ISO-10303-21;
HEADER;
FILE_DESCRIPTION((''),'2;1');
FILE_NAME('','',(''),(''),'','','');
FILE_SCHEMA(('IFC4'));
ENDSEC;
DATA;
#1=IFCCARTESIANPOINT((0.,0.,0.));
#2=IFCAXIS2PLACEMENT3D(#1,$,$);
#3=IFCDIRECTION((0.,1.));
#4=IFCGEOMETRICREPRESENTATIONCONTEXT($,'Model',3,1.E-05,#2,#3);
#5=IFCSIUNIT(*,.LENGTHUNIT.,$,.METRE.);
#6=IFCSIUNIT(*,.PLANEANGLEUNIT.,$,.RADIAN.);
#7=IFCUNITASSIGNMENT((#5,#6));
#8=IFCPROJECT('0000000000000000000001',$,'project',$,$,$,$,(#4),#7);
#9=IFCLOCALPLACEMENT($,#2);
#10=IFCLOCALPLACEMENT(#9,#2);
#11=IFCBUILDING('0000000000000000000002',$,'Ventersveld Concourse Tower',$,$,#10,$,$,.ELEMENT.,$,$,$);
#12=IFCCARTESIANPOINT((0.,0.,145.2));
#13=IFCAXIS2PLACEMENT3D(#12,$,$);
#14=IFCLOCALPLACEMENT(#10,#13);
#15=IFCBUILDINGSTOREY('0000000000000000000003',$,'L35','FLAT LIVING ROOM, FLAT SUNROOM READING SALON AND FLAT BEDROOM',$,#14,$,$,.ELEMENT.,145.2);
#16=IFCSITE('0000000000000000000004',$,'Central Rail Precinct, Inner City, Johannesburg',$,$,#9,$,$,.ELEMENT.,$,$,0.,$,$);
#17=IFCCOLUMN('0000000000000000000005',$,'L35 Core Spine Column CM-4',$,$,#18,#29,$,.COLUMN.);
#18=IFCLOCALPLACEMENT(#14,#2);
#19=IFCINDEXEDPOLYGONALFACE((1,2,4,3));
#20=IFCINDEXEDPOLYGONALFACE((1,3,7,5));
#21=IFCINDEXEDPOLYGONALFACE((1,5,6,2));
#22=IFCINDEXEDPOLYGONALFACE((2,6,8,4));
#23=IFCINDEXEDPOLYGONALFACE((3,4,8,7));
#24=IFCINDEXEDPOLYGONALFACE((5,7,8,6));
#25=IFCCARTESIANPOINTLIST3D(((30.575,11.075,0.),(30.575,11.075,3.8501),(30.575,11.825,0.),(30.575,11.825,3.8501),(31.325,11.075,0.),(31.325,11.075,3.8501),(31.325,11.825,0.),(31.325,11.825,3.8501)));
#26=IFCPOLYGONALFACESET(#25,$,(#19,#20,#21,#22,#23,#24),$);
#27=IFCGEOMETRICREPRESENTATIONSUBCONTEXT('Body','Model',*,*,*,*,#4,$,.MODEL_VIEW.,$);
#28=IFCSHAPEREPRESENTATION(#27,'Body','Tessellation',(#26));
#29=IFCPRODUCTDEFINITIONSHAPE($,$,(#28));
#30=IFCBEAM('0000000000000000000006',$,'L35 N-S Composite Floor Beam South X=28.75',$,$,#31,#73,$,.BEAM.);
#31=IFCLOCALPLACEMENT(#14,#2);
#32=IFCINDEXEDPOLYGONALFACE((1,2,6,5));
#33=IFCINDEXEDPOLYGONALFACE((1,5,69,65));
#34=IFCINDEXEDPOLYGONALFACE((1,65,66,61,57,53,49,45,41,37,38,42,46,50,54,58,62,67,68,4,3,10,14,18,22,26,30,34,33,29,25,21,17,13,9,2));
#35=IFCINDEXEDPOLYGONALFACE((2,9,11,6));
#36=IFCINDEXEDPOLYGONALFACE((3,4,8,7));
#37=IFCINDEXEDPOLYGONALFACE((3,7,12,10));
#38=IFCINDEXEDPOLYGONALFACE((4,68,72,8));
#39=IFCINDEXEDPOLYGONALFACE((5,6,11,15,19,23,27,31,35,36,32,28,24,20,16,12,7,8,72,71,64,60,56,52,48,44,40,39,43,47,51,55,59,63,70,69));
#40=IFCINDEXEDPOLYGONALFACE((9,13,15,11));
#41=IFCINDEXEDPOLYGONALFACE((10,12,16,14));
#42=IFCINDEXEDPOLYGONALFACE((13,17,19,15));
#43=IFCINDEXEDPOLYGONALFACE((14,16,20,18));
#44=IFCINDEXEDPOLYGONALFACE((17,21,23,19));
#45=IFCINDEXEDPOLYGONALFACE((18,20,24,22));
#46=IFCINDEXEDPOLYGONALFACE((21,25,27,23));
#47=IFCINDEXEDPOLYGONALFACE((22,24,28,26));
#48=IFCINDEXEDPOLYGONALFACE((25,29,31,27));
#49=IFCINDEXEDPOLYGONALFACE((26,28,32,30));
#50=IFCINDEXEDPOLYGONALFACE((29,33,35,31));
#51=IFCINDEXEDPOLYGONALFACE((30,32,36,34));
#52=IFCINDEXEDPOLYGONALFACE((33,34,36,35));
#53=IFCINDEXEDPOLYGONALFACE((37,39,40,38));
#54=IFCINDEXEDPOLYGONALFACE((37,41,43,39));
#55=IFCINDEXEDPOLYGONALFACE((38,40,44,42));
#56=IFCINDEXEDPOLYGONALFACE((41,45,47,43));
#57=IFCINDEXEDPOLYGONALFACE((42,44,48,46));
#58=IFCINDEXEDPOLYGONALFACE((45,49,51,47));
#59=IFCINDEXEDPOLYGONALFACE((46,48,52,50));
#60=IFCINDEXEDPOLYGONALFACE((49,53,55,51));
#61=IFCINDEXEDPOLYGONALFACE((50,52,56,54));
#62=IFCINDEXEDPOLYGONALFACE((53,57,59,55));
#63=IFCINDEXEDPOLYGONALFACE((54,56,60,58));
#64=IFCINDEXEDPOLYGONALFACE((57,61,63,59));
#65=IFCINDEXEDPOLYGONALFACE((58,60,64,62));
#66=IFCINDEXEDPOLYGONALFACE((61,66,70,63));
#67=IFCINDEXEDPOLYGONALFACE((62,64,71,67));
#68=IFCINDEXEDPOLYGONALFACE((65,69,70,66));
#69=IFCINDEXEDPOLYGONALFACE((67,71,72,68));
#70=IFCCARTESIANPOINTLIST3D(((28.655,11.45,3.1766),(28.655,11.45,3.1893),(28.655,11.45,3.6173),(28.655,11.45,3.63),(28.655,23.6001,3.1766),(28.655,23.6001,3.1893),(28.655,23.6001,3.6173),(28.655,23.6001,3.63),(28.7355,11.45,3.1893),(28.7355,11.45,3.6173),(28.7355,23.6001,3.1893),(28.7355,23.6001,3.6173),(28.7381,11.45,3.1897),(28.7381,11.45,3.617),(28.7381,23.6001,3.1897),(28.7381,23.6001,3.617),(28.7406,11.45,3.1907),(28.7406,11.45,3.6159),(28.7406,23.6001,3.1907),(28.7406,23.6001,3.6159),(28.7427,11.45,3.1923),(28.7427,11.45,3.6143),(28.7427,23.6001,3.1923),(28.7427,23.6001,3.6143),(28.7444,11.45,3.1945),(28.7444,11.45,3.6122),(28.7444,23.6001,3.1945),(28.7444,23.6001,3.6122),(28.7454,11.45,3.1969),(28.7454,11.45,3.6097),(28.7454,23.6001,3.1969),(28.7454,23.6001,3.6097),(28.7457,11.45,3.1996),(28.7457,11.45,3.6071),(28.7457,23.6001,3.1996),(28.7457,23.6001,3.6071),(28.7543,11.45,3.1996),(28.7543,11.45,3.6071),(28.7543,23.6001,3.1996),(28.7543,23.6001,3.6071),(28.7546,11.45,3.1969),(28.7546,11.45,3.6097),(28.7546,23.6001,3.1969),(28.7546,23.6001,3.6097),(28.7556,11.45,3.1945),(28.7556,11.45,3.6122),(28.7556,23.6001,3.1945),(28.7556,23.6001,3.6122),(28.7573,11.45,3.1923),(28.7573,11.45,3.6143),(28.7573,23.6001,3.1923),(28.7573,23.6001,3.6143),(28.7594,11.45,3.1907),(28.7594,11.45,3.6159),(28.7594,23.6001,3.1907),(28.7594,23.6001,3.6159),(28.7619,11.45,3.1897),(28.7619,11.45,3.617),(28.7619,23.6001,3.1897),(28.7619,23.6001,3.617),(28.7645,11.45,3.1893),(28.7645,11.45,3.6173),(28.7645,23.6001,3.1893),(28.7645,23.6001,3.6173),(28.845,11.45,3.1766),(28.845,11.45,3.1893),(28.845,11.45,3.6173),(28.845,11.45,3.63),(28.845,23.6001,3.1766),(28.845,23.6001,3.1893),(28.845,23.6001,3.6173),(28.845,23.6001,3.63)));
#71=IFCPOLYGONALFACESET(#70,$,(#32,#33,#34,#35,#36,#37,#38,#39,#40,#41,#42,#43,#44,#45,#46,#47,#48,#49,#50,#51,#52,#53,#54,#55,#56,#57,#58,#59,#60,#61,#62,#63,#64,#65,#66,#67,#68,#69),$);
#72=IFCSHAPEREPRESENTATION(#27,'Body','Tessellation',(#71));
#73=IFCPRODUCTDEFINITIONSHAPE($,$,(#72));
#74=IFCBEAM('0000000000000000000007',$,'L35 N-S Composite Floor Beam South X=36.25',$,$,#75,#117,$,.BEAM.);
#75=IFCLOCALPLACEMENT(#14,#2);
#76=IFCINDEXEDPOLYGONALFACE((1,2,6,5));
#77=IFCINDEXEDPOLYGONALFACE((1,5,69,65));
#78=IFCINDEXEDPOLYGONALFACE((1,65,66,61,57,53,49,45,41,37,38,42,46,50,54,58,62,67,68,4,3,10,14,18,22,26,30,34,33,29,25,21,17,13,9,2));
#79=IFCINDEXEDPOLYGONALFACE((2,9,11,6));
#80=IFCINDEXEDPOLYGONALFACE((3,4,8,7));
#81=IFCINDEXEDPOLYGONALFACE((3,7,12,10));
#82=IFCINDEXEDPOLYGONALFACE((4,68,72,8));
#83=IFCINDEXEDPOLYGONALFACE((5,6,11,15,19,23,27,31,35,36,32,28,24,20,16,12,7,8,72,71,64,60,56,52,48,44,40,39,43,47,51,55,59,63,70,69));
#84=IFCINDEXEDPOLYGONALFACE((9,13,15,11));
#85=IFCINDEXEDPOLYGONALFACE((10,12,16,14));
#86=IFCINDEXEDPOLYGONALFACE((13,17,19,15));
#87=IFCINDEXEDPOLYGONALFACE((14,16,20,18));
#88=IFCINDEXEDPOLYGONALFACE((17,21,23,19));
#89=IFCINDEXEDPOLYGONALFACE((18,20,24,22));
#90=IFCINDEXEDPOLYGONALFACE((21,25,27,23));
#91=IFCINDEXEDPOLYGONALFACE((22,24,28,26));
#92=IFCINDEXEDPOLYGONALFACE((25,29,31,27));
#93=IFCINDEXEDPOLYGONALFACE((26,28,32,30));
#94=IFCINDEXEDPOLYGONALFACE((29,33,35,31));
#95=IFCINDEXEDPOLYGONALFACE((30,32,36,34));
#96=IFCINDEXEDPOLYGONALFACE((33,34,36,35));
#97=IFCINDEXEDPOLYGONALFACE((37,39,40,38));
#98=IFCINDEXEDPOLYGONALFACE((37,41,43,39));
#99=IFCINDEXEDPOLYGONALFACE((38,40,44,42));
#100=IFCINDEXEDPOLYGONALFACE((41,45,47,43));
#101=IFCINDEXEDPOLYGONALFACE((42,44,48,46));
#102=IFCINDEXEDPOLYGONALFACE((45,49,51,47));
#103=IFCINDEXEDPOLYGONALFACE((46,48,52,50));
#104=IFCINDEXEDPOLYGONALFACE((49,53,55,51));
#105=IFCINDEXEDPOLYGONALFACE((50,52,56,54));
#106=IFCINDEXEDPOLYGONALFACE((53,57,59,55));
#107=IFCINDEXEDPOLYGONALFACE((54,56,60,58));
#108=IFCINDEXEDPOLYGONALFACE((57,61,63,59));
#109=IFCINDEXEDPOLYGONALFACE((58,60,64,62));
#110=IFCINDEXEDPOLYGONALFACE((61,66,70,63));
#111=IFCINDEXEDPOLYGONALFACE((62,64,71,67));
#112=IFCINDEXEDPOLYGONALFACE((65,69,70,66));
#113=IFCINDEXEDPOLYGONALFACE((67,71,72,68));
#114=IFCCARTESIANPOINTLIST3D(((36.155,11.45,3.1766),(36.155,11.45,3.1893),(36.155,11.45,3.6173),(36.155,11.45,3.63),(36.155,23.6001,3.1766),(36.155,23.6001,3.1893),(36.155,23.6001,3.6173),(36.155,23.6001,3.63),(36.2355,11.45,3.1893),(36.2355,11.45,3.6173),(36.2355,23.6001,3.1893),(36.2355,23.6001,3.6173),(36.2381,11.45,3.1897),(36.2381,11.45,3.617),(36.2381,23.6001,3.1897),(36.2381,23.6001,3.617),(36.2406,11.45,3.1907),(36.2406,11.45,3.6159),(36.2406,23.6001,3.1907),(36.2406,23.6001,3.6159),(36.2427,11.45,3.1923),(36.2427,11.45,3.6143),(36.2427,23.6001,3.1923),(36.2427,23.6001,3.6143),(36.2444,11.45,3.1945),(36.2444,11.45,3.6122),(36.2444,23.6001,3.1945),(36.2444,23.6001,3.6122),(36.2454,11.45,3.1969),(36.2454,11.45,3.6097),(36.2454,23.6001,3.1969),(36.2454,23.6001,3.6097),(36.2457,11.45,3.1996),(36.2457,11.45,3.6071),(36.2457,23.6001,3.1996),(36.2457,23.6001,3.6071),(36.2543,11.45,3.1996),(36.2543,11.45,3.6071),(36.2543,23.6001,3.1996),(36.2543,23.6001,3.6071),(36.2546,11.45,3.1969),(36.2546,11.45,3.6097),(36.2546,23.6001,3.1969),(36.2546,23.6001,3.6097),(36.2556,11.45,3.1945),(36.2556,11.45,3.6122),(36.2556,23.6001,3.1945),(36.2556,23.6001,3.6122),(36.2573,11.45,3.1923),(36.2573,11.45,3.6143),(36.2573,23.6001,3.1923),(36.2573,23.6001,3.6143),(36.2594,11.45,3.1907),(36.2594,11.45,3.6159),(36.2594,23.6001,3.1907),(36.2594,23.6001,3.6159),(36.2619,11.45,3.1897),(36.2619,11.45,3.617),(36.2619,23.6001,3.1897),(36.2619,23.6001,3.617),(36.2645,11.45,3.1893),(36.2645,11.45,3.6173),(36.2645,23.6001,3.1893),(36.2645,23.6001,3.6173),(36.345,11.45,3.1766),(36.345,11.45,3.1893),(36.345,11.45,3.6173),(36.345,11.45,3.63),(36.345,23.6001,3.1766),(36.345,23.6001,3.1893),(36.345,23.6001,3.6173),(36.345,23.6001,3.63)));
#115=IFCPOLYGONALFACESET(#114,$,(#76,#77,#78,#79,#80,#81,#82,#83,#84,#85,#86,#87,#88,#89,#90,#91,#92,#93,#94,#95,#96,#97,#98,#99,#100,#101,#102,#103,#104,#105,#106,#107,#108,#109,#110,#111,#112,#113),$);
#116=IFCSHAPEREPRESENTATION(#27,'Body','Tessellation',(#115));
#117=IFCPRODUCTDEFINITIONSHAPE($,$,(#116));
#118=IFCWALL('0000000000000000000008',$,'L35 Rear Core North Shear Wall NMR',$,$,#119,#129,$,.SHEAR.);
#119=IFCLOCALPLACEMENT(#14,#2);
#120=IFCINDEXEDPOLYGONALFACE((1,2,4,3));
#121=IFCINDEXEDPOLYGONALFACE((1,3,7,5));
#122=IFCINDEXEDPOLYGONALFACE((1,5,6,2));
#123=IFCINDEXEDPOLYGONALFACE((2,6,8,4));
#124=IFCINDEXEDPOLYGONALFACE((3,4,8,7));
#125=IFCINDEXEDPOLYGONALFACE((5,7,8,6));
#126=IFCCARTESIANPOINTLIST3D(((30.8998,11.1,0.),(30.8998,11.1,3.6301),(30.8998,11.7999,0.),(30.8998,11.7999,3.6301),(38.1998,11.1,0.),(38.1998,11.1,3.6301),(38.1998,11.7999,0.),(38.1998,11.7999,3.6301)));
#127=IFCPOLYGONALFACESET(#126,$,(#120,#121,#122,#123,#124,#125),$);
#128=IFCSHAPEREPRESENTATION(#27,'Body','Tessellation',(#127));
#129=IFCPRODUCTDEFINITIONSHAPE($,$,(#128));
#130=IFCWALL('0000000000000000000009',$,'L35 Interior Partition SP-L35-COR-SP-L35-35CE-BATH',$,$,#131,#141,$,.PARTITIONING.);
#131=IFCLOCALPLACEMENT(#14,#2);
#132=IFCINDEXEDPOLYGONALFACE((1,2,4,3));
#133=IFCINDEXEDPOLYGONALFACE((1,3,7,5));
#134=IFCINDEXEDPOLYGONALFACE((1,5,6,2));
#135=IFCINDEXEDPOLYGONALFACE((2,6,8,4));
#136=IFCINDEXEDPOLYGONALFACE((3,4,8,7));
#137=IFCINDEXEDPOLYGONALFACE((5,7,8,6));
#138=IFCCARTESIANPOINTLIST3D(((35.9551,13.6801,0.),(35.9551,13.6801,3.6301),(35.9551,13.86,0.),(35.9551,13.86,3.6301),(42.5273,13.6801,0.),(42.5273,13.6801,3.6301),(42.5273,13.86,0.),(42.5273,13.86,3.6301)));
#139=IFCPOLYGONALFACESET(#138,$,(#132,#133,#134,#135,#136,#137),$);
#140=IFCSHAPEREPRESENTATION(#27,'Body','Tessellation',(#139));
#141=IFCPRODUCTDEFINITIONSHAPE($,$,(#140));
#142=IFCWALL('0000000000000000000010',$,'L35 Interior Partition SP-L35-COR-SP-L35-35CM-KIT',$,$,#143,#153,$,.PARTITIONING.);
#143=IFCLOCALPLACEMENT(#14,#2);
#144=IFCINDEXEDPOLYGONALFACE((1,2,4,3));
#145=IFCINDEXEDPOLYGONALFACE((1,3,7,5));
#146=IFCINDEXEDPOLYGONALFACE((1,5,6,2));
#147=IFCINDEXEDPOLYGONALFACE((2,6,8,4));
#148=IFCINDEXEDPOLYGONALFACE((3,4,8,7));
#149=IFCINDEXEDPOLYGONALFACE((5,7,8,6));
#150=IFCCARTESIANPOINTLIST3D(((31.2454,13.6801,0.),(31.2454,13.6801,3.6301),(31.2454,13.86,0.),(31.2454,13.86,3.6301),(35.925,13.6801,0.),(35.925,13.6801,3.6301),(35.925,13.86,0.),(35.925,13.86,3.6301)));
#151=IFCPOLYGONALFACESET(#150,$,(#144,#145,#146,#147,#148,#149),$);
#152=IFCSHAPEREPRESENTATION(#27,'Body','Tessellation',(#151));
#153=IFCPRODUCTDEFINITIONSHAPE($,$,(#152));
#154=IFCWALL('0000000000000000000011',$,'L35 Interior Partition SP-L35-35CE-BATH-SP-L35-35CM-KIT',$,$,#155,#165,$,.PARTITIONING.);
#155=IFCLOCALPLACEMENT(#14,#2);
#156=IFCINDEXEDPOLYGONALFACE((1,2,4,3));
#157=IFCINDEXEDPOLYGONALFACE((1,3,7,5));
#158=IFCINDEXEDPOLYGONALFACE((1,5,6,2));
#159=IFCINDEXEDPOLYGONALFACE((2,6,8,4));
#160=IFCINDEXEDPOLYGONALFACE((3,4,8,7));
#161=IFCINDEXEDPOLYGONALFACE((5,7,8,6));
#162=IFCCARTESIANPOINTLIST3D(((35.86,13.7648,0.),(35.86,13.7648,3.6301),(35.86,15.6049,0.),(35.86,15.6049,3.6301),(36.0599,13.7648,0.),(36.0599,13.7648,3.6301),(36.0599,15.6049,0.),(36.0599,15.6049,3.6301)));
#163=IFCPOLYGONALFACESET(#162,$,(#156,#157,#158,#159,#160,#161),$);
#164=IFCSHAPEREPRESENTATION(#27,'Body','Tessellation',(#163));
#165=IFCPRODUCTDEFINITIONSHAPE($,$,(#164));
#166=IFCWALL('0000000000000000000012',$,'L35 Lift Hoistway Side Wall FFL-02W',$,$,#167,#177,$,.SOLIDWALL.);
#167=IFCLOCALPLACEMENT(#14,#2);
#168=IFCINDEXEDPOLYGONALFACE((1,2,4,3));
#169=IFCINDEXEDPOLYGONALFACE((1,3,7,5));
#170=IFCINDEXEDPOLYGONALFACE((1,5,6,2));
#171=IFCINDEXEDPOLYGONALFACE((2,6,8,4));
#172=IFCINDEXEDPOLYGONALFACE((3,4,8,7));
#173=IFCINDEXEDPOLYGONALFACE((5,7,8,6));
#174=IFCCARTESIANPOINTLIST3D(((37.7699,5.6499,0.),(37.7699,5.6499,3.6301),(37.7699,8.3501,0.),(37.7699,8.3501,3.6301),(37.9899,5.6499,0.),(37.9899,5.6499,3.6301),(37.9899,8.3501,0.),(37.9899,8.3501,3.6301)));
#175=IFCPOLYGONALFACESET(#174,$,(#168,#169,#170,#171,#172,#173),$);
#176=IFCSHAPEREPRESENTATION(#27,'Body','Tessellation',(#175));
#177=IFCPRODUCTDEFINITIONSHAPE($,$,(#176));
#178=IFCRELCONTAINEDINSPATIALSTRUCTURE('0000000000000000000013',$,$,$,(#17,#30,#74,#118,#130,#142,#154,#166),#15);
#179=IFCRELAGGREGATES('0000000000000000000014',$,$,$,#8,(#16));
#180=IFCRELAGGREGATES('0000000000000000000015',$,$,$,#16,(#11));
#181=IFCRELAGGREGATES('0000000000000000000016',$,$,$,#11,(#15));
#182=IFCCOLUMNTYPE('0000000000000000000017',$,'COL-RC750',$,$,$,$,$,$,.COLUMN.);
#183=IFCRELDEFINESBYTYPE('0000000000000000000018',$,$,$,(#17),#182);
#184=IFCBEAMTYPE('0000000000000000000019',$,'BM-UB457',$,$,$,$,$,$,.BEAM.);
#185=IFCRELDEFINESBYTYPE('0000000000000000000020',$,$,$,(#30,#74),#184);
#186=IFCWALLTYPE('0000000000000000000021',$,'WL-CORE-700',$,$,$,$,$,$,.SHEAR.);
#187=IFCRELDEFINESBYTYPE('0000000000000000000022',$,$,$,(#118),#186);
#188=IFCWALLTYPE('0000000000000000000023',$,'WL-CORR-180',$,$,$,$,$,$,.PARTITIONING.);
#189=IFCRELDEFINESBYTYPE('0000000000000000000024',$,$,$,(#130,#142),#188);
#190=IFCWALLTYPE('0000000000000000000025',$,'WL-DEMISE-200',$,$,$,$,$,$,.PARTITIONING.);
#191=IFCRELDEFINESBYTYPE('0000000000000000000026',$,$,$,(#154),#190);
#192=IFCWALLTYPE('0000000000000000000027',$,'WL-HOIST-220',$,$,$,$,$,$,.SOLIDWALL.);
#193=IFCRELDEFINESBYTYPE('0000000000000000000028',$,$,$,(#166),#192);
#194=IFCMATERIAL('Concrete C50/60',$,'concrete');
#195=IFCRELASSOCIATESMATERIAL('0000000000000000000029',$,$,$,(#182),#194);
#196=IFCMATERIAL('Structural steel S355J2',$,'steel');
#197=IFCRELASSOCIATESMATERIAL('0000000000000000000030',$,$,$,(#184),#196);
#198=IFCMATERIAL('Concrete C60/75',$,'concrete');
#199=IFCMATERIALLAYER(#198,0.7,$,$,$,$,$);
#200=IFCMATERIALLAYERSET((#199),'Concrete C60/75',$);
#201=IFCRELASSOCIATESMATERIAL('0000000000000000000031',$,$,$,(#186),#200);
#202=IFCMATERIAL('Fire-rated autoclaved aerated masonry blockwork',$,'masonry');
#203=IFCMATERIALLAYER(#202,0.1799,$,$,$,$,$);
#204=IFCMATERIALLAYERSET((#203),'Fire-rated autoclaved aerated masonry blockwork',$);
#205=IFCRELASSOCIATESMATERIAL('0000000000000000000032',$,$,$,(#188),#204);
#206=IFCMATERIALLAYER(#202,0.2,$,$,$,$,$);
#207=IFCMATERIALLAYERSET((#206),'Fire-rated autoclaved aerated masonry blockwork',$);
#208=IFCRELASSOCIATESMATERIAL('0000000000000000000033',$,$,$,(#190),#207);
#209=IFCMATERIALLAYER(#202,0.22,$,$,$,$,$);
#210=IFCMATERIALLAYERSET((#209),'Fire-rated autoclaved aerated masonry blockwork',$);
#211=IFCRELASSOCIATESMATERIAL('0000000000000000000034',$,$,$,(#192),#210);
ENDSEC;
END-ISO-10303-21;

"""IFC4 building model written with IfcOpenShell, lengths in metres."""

from ifc_helpers import new_model, si_unit, direction, frame, frame_2d, origin, origin_2d, place, context, subcontext, project, spatial, rectangle, i_section, extrude, material, layer, layer_set, material_profile, profile_set, type_object, element, save


model = new_model("IFC4")

# Units and contexts
model_context = context("Model", 3, precision=1e-05, world=origin(), true_north=direction((0.0, 1.0)))
body_context = subcontext(model_context, "Body", "Model", "MODEL_VIEW")
ifc_project = project(units=[si_unit("LENGTHUNIT", "METRE"), si_unit("PLANEANGLEUNIT", "RADIAN")], contexts=[model_context])

# Site, building, storey
site_placement = place(None, origin())
site = spatial("IfcSite", under=ifc_project, at=site_placement, Name="Central Rail Precinct, Inner City, Johannesburg", CompositionType="ELEMENT", RefElevation=0.0)
building_placement = place(site_placement, origin())
building = spatial("IfcBuilding", under=site, at=building_placement, Name="Ventersveld Concourse Tower", CompositionType="ELEMENT")
storey_placement = place(building_placement, frame((0.0, 0.0, 145.2)))
storey = spatial("IfcBuildingStorey", under=building, at=storey_placement, Name="L35", Description="FLAT LIVING ROOM, FLAT SUNROOM READING SALON AND FLAT BEDROOM", CompositionType="ELEMENT", Elevation=145.2)

# Column
ifc_material_1 = material(Name="Concrete C50/60", Category="concrete")
ifc_material_profile_1 = material_profile(ifc_material_1, rectangle(XDim=0.75, YDim=0.75, at=origin_2d()), Name="RC 750x750")
ifc_profile_set_1 = profile_set([ifc_material_profile_1], Name="Concrete C50/60")
column_type = type_object("IfcColumnType", Name="COL-RC750", PredefinedType="COLUMN", material=ifc_profile_set_1)
column_placement = place(storey_placement, frame((30.95, 11.45, 0.0), z_axis=(0.0, 0.0, 1.0), x_axis=(1.0, 0.0, 0.0)))
element("IfcColumn", 1, at=column_placement, inside=storey, type_object=column_type, Name="L35 Core Spine Column CM-4", PredefinedType="COLUMN", context=body_context, shape_type="SweptSolid", body=[
    extrude(rectangle(XDim=0.75, YDim=0.75, at=origin_2d()), origin(), (0.0, 0.0, 1.0), 3.8501),
])

# Beams
ifc_material_2 = material(Name="Structural steel S355J2", Category="steel")
ifc_material_profile_2 = material_profile(ifc_material_2, i_section(OverallWidth=0.1899, OverallDepth=0.4534, WebThickness=0.0085, FlangeThickness=0.0127, FilletRadius=0.0103, at=origin_2d()), Name="UB 457x191x67")
ifc_profile_set_2 = profile_set([ifc_material_profile_2], Name="Structural steel S355J2")
beam_type = type_object("IfcBeamType", Name="BM-UB457", PredefinedType="BEAM", material=ifc_profile_set_2)
for number, where, z_axis, x_axis, name in (
    (2, (28.75, 11.45, 3.4033), (0.0, 1.0, 0.0), (-1.0, 0.0, 0.0), "L35 N-S Composite Floor Beam South X=28.75"),
    (3, (36.25, 11.45, 3.4033), (0.0, 1.0, 0.0), (-1.0, 0.0, 0.0), "L35 N-S Composite Floor Beam South X=36.25"),
):
    element("IfcBeam", number, at=place(storey_placement, frame(where, z_axis=z_axis, x_axis=x_axis)), inside=storey, type_object=beam_type, Name=name, PredefinedType="BEAM", context=body_context, shape_type="SweptSolid", body=[
        extrude(i_section(OverallWidth=0.1899, OverallDepth=0.4534, WebThickness=0.0085, FlangeThickness=0.0127, FilletRadius=0.0103, at=origin_2d()), origin(), (0.0, 0.0, 1.0), 12.1501),
    ])

# Walls
ifc_material_3 = material(Name="Concrete C60/75", Category="concrete")
ifc_layer_1 = layer(ifc_material_3, 0.7)
ifc_layer_set_1 = layer_set([ifc_layer_1], Name="Concrete C60/75")
wall_type_1 = type_object("IfcWallType", Name="WL-CORE-700", PredefinedType="SHEAR", material=ifc_layer_set_1)
wall_1_placement = place(storey_placement, frame((30.8999, 11.45, 0.0), z_axis=(0.0, 0.0, 1.0), x_axis=(1.0, 0.0, 0.0)))
element("IfcWall", 4, at=wall_1_placement, inside=storey, type_object=wall_type_1, Name="L35 Rear Core North Shear Wall NMR", PredefinedType="SHEAR", context=body_context, shape_type="SweptSolid", body=[
    extrude(rectangle(XDim=7.3, YDim=0.7, at=frame_2d((3.6499, 0.0))), origin(), (0.0, 0.0, 1.0), 3.6301),
])
ifc_material_4 = material(Name="Fire-rated autoclaved aerated masonry blockwork", Category="masonry")
ifc_layer_2 = layer(ifc_material_4, 0.1799)
ifc_layer_set_2 = layer_set([ifc_layer_2], Name="Fire-rated autoclaved aerated masonry blockwork")
wall_type_2 = type_object("IfcWallType", Name="WL-CORR-180", PredefinedType="PARTITIONING", material=ifc_layer_set_2)
wall_2_placement = place(storey_placement, frame((35.9551, 13.77, 0.0), z_axis=(0.0, 0.0, 1.0), x_axis=(1.0, 0.0, 0.0)))
element("IfcWall", 5, at=wall_2_placement, inside=storey, type_object=wall_type_2, Name="L35 Interior Partition SP-L35-COR-SP-L35-35CE-BATH", PredefinedType="PARTITIONING", context=body_context, shape_type="SweptSolid", body=[
    extrude(rectangle(XDim=6.5723, YDim=0.1799, at=frame_2d((3.2861, 0.0))), origin(), (0.0, 0.0, 1.0), 3.6301),
])
wall_3_placement = place(storey_placement, frame((31.2454, 13.77, 0.0), z_axis=(0.0, 0.0, 1.0), x_axis=(1.0, 0.0, 0.0)))
element("IfcWall", 6, at=wall_3_placement, inside=storey, type_object=wall_type_2, Name="L35 Interior Partition SP-L35-COR-SP-L35-35CM-KIT", PredefinedType="PARTITIONING", context=body_context, shape_type="SweptSolid", body=[
    extrude(rectangle(XDim=4.6797, YDim=0.1799, at=frame_2d((2.3398, 0.0))), origin(), (0.0, 0.0, 1.0), 3.6301),
])
ifc_layer_3 = layer(ifc_material_4, 0.2)
ifc_layer_set_3 = layer_set([ifc_layer_3], Name="Fire-rated autoclaved aerated masonry blockwork")
wall_type_3 = type_object("IfcWallType", Name="WL-DEMISE-200", PredefinedType="PARTITIONING", material=ifc_layer_set_3)
wall_4_placement = place(storey_placement, frame((35.96, 13.7649, 0.0), z_axis=(0.0, 0.0, 1.0), x_axis=(0.0, 1.0, 0.0)))
element("IfcWall", 7, at=wall_4_placement, inside=storey, type_object=wall_type_3, Name="L35 Interior Partition SP-L35-35CE-BATH-SP-L35-35CM-KIT", PredefinedType="PARTITIONING", context=body_context, shape_type="SweptSolid", body=[
    extrude(rectangle(XDim=1.8401, YDim=0.2, at=frame_2d((0.9199, 0.0))), origin(), (0.0, 0.0, 1.0), 3.6301),
])
ifc_layer_4 = layer(ifc_material_4, 0.22)
ifc_layer_set_4 = layer_set([ifc_layer_4], Name="Fire-rated autoclaved aerated masonry blockwork")
wall_type_4 = type_object("IfcWallType", Name="WL-HOIST-220", PredefinedType="SOLIDWALL", material=ifc_layer_set_4)
wall_5_placement = place(storey_placement, frame((37.8799, 5.6499, 0.0), z_axis=(0.0, 0.0, 1.0), x_axis=(0.0, 1.0, 0.0)))
element("IfcWall", 8, at=wall_5_placement, inside=storey, type_object=wall_type_4, Name="L35 Lift Hoistway Side Wall FFL-02W", PredefinedType="SOLIDWALL", context=body_context, shape_type="SweptSolid", body=[
    extrude(rectangle(XDim=2.7002, YDim=0.22, at=frame_2d((1.3501, 0.0))), origin(), (0.0, 0.0, 1.0), 3.6301),
])

save(model, "model.ifc")
